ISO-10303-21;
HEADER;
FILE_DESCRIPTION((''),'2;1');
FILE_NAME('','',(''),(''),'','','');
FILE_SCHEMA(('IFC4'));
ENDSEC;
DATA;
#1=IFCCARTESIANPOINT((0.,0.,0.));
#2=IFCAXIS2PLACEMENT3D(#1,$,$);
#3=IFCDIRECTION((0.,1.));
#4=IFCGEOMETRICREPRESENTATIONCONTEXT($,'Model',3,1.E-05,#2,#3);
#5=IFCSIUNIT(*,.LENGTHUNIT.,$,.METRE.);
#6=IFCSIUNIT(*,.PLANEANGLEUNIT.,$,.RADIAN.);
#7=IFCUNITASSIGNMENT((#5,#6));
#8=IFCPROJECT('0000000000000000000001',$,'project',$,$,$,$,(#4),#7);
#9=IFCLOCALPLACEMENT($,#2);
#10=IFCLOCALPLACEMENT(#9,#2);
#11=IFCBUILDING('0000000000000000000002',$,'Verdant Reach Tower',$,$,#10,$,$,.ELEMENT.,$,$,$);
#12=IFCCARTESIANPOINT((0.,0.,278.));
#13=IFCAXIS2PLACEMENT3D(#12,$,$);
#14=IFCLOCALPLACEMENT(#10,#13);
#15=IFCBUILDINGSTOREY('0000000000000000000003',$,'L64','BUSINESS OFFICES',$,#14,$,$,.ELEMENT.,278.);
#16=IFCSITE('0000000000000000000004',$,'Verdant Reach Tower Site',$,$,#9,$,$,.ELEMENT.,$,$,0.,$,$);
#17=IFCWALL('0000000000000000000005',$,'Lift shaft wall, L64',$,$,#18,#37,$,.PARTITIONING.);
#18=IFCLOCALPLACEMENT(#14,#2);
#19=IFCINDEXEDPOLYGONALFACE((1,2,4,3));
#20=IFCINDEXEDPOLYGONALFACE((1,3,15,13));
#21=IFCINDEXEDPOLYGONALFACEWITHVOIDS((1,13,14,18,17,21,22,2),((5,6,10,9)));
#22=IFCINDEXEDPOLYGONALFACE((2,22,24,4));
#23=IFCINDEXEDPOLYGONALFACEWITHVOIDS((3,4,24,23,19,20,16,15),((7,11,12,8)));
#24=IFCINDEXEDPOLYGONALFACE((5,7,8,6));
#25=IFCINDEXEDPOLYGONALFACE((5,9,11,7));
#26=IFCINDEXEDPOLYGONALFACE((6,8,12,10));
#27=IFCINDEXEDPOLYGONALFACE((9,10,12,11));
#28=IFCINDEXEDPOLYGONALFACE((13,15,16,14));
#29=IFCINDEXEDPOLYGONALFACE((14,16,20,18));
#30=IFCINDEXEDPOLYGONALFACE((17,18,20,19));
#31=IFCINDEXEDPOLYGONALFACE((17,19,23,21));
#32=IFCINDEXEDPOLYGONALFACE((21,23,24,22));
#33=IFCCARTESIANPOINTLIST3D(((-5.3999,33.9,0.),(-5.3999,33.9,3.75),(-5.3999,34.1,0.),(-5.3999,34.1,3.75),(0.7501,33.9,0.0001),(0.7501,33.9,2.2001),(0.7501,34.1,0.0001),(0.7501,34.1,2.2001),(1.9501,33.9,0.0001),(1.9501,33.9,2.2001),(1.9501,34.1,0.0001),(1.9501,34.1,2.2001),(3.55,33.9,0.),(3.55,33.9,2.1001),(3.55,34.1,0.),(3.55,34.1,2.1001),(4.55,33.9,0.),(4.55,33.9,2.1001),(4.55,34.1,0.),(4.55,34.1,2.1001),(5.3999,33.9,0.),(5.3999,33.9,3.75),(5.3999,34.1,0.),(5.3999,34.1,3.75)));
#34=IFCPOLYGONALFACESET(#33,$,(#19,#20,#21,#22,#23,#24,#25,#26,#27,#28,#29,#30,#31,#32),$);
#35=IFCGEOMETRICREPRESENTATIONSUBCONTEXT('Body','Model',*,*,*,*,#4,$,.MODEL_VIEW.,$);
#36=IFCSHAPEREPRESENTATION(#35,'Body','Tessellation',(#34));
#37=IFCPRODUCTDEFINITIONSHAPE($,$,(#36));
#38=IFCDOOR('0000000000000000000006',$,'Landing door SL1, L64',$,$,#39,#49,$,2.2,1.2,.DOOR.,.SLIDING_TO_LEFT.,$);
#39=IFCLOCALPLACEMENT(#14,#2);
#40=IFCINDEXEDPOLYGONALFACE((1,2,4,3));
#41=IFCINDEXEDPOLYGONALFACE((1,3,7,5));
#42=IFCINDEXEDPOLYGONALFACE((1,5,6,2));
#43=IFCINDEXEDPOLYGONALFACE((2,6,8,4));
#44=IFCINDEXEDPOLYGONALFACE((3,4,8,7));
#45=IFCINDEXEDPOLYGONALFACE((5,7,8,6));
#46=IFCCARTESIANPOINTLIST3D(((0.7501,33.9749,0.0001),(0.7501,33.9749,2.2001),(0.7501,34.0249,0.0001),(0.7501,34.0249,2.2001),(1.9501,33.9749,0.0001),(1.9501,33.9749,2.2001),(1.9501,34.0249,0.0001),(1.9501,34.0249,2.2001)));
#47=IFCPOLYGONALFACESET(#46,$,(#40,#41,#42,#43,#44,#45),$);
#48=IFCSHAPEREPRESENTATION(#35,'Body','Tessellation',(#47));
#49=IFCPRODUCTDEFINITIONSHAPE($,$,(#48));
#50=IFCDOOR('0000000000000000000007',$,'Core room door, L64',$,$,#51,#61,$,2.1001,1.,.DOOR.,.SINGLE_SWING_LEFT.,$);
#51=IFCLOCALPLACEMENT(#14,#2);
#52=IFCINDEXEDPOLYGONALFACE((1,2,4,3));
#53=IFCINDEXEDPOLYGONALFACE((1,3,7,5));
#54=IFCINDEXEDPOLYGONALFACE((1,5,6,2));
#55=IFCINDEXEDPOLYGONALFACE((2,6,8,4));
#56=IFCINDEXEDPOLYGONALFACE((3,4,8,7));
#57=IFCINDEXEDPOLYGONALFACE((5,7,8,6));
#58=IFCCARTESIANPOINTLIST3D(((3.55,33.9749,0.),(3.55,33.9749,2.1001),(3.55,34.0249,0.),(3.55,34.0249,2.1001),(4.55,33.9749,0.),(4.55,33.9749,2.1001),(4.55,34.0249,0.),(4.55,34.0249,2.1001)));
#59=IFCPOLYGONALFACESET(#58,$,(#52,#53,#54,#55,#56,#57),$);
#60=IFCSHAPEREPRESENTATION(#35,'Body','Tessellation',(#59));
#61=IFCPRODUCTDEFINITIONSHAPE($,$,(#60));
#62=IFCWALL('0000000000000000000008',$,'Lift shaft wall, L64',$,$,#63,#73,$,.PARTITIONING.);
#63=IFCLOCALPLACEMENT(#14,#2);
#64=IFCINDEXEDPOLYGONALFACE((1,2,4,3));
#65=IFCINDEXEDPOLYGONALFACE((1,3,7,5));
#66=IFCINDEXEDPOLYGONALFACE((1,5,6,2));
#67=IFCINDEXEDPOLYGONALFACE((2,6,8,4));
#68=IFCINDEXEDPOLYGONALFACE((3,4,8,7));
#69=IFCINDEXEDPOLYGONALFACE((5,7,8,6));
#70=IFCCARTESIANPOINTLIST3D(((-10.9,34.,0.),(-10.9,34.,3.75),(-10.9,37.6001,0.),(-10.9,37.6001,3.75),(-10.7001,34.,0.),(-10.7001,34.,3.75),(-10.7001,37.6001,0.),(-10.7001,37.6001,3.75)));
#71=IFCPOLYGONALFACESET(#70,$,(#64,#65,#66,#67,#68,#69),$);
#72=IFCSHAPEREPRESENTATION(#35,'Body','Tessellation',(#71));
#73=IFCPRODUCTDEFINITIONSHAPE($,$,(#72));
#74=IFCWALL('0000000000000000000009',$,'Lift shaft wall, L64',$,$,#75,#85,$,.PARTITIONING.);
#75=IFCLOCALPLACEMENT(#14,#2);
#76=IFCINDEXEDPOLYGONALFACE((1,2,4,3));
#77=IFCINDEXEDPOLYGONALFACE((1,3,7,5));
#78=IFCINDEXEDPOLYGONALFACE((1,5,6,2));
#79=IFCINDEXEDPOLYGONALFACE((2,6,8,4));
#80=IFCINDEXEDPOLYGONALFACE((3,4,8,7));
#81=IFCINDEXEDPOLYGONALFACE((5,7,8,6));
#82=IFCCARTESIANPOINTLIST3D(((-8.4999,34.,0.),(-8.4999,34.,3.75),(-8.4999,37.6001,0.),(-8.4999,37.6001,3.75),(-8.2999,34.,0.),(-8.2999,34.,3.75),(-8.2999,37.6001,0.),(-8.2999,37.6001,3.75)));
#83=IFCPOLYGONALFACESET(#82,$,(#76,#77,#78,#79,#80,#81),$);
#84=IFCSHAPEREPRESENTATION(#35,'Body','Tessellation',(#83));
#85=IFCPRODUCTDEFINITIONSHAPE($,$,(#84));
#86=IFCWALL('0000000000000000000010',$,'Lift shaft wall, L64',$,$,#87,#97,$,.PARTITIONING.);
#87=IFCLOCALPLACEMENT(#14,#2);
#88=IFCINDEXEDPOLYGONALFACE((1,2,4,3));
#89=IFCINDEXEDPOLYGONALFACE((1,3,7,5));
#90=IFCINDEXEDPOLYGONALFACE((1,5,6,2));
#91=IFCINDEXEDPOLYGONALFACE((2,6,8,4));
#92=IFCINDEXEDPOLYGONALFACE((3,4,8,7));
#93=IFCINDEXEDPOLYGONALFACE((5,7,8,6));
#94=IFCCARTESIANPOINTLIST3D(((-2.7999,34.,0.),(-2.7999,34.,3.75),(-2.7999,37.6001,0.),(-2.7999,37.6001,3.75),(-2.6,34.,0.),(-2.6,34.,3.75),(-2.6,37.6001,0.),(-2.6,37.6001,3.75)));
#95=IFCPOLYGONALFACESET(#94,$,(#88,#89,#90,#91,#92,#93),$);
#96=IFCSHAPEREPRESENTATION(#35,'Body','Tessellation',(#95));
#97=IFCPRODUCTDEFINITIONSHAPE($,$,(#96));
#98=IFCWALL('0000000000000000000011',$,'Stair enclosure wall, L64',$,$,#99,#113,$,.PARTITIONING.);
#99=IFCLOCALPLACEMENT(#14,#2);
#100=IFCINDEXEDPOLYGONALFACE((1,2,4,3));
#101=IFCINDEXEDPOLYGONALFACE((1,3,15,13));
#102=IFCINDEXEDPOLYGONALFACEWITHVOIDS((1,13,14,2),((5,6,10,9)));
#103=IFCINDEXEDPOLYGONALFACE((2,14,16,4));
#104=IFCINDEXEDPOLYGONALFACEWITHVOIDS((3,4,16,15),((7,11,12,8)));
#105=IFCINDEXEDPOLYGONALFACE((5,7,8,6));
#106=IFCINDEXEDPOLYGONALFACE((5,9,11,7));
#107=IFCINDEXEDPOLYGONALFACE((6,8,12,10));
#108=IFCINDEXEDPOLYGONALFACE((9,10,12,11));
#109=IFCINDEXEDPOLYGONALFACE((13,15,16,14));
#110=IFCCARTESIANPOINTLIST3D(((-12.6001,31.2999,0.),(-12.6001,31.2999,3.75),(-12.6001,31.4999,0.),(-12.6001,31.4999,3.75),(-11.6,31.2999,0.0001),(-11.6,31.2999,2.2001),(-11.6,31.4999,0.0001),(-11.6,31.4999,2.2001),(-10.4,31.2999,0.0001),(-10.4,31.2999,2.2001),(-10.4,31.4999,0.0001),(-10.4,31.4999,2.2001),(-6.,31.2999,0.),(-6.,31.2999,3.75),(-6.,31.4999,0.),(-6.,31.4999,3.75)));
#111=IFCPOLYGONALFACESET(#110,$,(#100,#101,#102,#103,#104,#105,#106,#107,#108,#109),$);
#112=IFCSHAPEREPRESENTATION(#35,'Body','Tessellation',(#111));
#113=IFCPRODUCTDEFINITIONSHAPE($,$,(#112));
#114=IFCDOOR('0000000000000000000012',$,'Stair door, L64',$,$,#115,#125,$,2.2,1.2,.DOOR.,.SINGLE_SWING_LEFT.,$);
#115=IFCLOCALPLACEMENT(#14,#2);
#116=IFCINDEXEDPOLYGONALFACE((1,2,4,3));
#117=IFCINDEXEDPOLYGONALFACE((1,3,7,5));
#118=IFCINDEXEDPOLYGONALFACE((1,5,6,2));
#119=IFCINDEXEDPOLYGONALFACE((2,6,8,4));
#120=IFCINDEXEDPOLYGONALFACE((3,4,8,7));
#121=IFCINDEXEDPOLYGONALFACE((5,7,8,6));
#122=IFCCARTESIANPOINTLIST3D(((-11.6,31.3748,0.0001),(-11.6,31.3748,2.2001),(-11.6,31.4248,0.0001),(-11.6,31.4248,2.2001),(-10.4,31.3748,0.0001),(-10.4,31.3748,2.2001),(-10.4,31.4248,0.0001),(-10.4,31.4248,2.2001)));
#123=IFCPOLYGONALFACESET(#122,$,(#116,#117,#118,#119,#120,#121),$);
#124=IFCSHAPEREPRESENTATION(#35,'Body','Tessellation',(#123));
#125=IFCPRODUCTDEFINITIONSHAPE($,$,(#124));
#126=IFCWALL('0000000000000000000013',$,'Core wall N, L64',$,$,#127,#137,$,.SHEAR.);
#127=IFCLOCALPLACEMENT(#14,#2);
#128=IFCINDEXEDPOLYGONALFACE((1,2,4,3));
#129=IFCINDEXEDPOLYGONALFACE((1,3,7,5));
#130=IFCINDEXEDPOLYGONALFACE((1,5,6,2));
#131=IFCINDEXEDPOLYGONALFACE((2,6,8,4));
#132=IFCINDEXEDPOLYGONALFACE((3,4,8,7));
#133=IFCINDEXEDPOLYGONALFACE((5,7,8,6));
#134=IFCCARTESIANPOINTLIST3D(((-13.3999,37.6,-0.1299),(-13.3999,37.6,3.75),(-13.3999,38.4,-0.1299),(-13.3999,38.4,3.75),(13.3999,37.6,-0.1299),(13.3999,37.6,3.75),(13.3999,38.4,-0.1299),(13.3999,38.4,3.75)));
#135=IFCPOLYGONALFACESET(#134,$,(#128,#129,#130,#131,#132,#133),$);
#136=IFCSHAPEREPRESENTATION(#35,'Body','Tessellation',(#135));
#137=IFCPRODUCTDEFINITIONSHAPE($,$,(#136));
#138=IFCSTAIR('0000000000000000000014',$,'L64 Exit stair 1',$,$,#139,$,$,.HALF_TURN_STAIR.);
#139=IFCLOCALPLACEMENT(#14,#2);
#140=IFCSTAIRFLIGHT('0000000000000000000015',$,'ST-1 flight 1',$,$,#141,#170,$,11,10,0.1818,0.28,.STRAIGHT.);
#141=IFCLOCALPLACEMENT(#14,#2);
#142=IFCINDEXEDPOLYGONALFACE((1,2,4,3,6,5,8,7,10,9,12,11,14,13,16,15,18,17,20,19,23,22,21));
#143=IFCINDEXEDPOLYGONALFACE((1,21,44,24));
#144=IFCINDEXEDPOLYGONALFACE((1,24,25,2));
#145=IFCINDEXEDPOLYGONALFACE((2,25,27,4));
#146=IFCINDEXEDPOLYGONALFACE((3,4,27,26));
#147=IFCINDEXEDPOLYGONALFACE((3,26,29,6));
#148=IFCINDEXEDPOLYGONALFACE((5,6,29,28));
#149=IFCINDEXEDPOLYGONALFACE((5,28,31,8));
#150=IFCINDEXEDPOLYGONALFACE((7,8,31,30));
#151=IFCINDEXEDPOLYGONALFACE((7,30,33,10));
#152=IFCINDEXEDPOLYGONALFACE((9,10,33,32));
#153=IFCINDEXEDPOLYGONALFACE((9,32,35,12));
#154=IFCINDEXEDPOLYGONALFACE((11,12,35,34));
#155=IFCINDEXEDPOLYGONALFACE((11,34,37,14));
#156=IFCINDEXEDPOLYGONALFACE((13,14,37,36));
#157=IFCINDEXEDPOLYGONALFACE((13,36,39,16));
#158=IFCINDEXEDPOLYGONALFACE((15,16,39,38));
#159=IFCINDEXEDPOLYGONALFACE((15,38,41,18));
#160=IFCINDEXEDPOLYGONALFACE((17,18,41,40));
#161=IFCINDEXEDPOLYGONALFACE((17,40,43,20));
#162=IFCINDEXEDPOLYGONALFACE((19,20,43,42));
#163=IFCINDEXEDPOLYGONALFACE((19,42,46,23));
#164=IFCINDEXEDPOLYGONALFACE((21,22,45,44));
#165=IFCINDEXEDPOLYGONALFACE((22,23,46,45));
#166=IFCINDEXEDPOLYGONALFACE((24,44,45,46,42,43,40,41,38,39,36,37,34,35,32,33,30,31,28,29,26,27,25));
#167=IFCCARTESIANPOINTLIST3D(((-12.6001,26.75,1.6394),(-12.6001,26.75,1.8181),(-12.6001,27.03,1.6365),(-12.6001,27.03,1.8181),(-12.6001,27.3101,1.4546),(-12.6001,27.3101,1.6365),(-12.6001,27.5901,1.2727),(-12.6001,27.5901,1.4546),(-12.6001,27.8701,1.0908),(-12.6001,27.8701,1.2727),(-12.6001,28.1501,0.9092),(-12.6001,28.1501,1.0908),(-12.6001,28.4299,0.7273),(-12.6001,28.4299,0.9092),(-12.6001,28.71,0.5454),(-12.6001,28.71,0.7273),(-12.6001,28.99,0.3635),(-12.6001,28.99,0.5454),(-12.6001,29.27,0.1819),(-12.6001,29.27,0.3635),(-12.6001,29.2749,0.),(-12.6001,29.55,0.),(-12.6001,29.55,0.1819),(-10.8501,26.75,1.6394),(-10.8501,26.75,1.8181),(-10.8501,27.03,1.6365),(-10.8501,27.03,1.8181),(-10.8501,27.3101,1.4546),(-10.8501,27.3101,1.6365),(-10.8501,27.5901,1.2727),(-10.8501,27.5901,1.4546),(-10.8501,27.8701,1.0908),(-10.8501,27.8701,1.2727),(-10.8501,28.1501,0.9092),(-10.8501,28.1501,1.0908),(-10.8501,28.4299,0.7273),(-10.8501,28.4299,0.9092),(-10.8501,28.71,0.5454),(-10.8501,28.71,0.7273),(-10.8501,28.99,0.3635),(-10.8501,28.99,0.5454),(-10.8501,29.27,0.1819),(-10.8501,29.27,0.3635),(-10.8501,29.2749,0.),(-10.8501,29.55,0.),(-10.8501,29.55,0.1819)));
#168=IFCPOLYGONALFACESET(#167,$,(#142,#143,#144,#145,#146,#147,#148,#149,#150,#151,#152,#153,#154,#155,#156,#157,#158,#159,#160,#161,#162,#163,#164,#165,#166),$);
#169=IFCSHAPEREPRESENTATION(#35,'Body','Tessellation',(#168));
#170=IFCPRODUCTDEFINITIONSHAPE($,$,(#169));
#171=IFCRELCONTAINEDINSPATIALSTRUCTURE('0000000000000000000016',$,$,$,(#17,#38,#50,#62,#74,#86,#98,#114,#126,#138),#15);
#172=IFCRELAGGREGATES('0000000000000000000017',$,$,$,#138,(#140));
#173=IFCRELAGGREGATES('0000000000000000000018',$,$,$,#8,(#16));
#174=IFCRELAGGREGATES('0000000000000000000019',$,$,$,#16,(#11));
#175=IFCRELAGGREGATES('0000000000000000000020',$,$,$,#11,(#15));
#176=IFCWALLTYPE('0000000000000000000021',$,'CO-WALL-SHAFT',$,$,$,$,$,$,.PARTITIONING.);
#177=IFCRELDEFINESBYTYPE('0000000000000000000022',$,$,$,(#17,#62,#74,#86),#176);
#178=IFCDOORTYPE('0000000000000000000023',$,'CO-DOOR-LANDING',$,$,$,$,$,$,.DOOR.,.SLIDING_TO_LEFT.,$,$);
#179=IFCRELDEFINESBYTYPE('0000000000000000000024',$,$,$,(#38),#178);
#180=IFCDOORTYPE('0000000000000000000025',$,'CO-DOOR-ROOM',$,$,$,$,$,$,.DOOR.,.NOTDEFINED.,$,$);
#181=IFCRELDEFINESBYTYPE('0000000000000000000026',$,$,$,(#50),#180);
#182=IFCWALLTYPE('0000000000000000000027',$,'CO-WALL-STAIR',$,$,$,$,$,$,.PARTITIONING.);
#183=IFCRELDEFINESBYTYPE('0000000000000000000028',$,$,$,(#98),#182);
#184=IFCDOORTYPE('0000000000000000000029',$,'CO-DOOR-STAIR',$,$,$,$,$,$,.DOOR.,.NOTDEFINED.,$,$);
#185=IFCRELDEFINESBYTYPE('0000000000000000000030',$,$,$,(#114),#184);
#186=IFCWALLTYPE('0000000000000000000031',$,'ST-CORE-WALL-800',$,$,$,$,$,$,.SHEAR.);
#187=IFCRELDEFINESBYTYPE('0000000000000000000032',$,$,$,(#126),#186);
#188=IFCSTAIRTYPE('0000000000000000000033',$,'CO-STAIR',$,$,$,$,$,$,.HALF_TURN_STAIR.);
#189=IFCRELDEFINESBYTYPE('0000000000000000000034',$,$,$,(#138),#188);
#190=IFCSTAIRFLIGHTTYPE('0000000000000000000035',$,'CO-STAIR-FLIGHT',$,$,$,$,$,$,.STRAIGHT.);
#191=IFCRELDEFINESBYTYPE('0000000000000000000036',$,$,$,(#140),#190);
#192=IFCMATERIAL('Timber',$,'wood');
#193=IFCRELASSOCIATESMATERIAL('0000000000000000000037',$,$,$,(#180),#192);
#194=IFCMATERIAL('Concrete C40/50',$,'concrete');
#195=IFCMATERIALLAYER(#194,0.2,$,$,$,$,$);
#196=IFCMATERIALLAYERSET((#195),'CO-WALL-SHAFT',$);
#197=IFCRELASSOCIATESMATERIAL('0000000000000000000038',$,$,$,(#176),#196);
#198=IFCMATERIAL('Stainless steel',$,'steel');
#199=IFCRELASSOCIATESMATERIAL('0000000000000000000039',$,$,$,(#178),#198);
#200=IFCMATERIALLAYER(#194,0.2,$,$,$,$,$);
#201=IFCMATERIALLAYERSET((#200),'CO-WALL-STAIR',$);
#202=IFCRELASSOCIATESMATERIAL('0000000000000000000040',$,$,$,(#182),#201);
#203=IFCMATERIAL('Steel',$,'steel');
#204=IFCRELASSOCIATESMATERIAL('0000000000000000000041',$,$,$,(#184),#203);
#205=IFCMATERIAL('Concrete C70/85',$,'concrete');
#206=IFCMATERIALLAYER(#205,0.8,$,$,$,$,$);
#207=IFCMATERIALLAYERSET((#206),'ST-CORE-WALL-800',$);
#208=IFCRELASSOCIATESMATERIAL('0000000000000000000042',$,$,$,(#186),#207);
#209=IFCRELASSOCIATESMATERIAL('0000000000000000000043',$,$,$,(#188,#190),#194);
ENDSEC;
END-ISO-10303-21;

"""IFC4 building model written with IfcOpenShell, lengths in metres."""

from ifc_helpers import new_model, si_unit, direction, frame, frame_2d, origin, place, context, subcontext, project, spatial, polyline, rectangle, outline, extrude, material, layer, layer_set, type_object, element, fill, aggregate, save


model = new_model("IFC4")

# Units and contexts
model_context = context("Model", 3, precision=1e-05, world=origin(), true_north=direction((0.0, 1.0)))
body_context = subcontext(model_context, "Body", "Model", "MODEL_VIEW")
ifc_project = project(units=[si_unit("LENGTHUNIT", "METRE"), si_unit("PLANEANGLEUNIT", "RADIAN")], contexts=[model_context])

# Site, building, storey
site_placement = place(None, origin())
site = spatial("IfcSite", under=ifc_project, at=site_placement, Name="Verdant Reach Tower Site", CompositionType="ELEMENT", RefElevation=0.0)
building_placement = place(site_placement, origin())
building = spatial("IfcBuilding", under=site, at=building_placement, Name="Verdant Reach Tower", CompositionType="ELEMENT")
storey_placement = place(building_placement, frame((0.0, 0.0, 278.0)))
storey = spatial("IfcBuildingStorey", under=building, at=storey_placement, Name="L64", Description="BUSINESS OFFICES", CompositionType="ELEMENT", Elevation=278.0)

# Wall, openings, doors
ifc_material_1 = material(Name="Timber", Category="wood")
door_type_1 = type_object("IfcDoorType", Name="CO-DOOR-ROOM", OperationType="NOTDEFINED", PredefinedType="DOOR", material=ifc_material_1)
ifc_material_2 = material(Name="Concrete C40/50", Category="concrete")
ifc_layer_1 = layer(ifc_material_2, 0.2)
ifc_layer_set_1 = layer_set([ifc_layer_1], Name="CO-WALL-SHAFT")
wall_type_1 = type_object("IfcWallType", Name="CO-WALL-SHAFT", PredefinedType="PARTITIONING", material=ifc_layer_set_1)
ifc_material_3 = material(Name="Stainless steel", Category="steel")
ifc_material_4 = material(Name="Steel", Category="steel")
wall_1_placement = place(storey_placement, frame((-5.3999, 34.0, 0.0), z_axis=(0.0, 0.0, 1.0), x_axis=(1.0, 0.0, 0.0)))
wall_1 = element("IfcWall", 1, at=wall_1_placement, inside=storey, type_object=wall_type_1, Name="Lift shaft wall, L64", PredefinedType="PARTITIONING", context=body_context, shape_type="SweptSolid", body=[
    extrude(rectangle(XDim=10.7998, YDim=0.2, at=frame_2d((5.3999, 0.0))), origin(), (0.0, 0.0, 1.0), 3.75),
])
opening_1_placement = place(wall_1_placement, frame((6.1499, 0.0, 0.0)))
opening_1 = element("IfcOpeningElement", 2, at=opening_1_placement, cuts=wall_1, PredefinedType="OPENING", context=body_context, shape_type="SweptSolid", body=[
    extrude(rectangle(XDim=1.2, YDim=2.2, at=frame_2d((0.6001, 1.1001))), frame((0.0, 0.1099, 0.0), z_axis=(0.0, -1.0, 0.0), x_axis=(1.0, 0.0, 0.0)), (0.0, 0.0, 1.0), 0.22),
])
opening_2_placement = place(wall_1_placement, frame((8.95, 0.0, 0.0)))
opening_2 = element("IfcOpeningElement", 3, at=opening_2_placement, cuts=wall_1, PredefinedType="OPENING", context=body_context, shape_type="SweptSolid", body=[
    extrude(rectangle(XDim=1.0, YDim=2.1001, at=frame_2d((0.5, 1.05))), frame((0.0, 0.1099, 0.0), z_axis=(0.0, -1.0, 0.0), x_axis=(1.0, 0.0, 0.0)), (0.0, 0.0, 1.0), 0.22),
])
door_type_2 = type_object("IfcDoorType", Name="CO-DOOR-LANDING", OperationType="SLIDING_TO_LEFT", PredefinedType="DOOR", material=ifc_material_3)
door_1_placement = place(opening_1_placement, origin())
door_1 = element("IfcDoor", 4, at=door_1_placement, inside=storey, type_object=door_type_2, Name="Landing door SL1, L64", OperationType="SLIDING_TO_LEFT", OverallHeight=2.2, OverallWidth=1.2, PredefinedType="DOOR", context=body_context, shape_type="SweptSolid", body=[
    extrude(rectangle(XDim=1.2, YDim=2.2, at=frame_2d((0.6001, 1.1001))), frame((0.0, 0.0249, 0.0), z_axis=(0.0, -1.0, 0.0), x_axis=(1.0, 0.0, 0.0)), (0.0, 0.0, 1.0), 0.05),
])
fill(opening_1, door_1)
door_2_placement = place(opening_2_placement, origin())
door_2 = element("IfcDoor", 5, at=door_2_placement, inside=storey, type_object=door_type_1, Name="Core room door, L64", OperationType="SINGLE_SWING_LEFT", OverallHeight=2.1001, OverallWidth=1.0, PredefinedType="DOOR", context=body_context, shape_type="SweptSolid", body=[
    extrude(rectangle(XDim=1.0, YDim=2.1001, at=frame_2d((0.5, 1.05))), frame((0.0, 0.0249, 0.0), z_axis=(0.0, -1.0, 0.0), x_axis=(1.0, 0.0, 0.0)), (0.0, 0.0, 1.0), 0.05),
])
fill(opening_2, door_2)

# Walls
for number, where, z_axis, x_axis, name in (
    (6, (-10.8, 34.0, 0.0), (0.0, 0.0, 1.0), (0.0, 1.0, 0.0), "Lift shaft wall, L64"),
    (7, (-8.3999, 34.0, 0.0), (0.0, 0.0, 1.0), (0.0, 1.0, 0.0), "Lift shaft wall, L64"),
    (8, (-2.7, 34.0, 0.0), (0.0, 0.0, 1.0), (0.0, 1.0, 0.0), "Lift shaft wall, L64"),
):
    element("IfcWall", number, at=place(storey_placement, frame(where, z_axis=z_axis, x_axis=x_axis)), inside=storey, type_object=wall_type_1, Name=name, PredefinedType="PARTITIONING", context=body_context, shape_type="SweptSolid", body=[
        extrude(rectangle(XDim=3.6001, YDim=0.2, at=frame_2d((1.8, 0.0))), origin(), (0.0, 0.0, 1.0), 3.75),
    ])

# Wall, opening, door
ifc_layer_2 = layer(ifc_material_2, 0.2)
ifc_layer_set_2 = layer_set([ifc_layer_2], Name="CO-WALL-STAIR")
wall_type_2 = type_object("IfcWallType", Name="CO-WALL-STAIR", PredefinedType="PARTITIONING", material=ifc_layer_set_2)
wall_2_placement = place(storey_placement, frame((-12.6001, 31.3999, 0.0), z_axis=(0.0, 0.0, 1.0), x_axis=(1.0, 0.0, 0.0)))
wall_2 = element("IfcWall", 9, at=wall_2_placement, inside=storey, type_object=wall_type_2, Name="Stair enclosure wall, L64", PredefinedType="PARTITIONING", context=body_context, shape_type="SweptSolid", body=[
    extrude(rectangle(XDim=6.6001, YDim=0.2, at=frame_2d((3.3, 0.0))), origin(), (0.0, 0.0, 1.0), 3.75),
])
opening_3_placement = place(wall_2_placement, frame((1.0, 0.0, 0.0)))
opening_3 = element("IfcOpeningElement", 10, at=opening_3_placement, cuts=wall_2, PredefinedType="OPENING", context=body_context, shape_type="SweptSolid", body=[
    extrude(rectangle(XDim=1.2, YDim=2.2, at=frame_2d((0.6001, 1.1001))), frame((0.0, 0.1099, 0.0), z_axis=(0.0, -1.0, 0.0), x_axis=(1.0, 0.0, 0.0)), (0.0, 0.0, 1.0), 0.22),
])
door_type_3 = type_object("IfcDoorType", Name="CO-DOOR-STAIR", OperationType="NOTDEFINED", PredefinedType="DOOR", material=ifc_material_4)
door_3_placement = place(opening_3_placement, origin())
door_3 = element("IfcDoor", 11, at=door_3_placement, inside=storey, type_object=door_type_3, Name="Stair door, L64", OperationType="SINGLE_SWING_LEFT", OverallHeight=2.2, OverallWidth=1.2, PredefinedType="DOOR", context=body_context, shape_type="SweptSolid", body=[
    extrude(rectangle(XDim=1.2, YDim=2.2, at=frame_2d((0.6001, 1.1001))), frame((0.0, 0.0249, 0.0), z_axis=(0.0, -1.0, 0.0), x_axis=(1.0, 0.0, 0.0)), (0.0, 0.0, 1.0), 0.05),
])
fill(opening_3, door_3)

# Wall
ifc_material_5 = material(Name="Concrete C70/85", Category="concrete")
ifc_layer_3 = layer(ifc_material_5, 0.8)
ifc_layer_set_3 = layer_set([ifc_layer_3], Name="ST-CORE-WALL-800")
wall_type_3 = type_object("IfcWallType", Name="ST-CORE-WALL-800", PredefinedType="SHEAR", material=ifc_layer_set_3)
wall_3_placement = place(storey_placement, frame((-13.3999, 38.0, -0.1299), z_axis=(0.0, 0.0, 1.0), x_axis=(1.0, 0.0, 0.0)))
element("IfcWall", 12, at=wall_3_placement, inside=storey, type_object=wall_type_3, Name="Core wall N, L64", PredefinedType="SHEAR", context=body_context, shape_type="SweptSolid", body=[
    extrude(rectangle(XDim=26.7998, YDim=0.8, at=frame_2d((13.3999, 0.0))), origin(), (0.0, 0.0, 1.0), 3.8799),
])

# Stair, stair flight
stair_type = type_object("IfcStairType", Name="CO-STAIR", PredefinedType="HALF_TURN_STAIR", material=ifc_material_2)
stair_placement = place(storey_placement, origin())
stair = element("IfcStair", 13, at=stair_placement, inside=storey, type_object=stair_type, Name="L64 Exit stair 1", PredefinedType="HALF_TURN_STAIR")
stair_flight_type = type_object("IfcStairFlightType", Name="CO-STAIR-FLIGHT", PredefinedType="STRAIGHT", material=ifc_material_2)
stair_flight_placement = place(storey_placement, frame((-11.7251, 29.55, 0.0), z_axis=(0.0, 0.0, 1.0), x_axis=(0.0, -1.0, 0.0)))
stair_flight = element("IfcStairFlight", 14, at=stair_flight_placement, type_object=stair_flight_type, Name="ST-1 flight 1", NumberOfRisers=11, NumberOfTreads=10, PredefinedType="STRAIGHT", RiserHeight=0.1818, TreadLength=0.28, context=body_context, shape_type="SweptSolid", body=[
    extrude(outline(polyline([(0.0, 0.0), (0.0, 0.1819), (0.28, 0.1819), (0.28, 0.3635), (0.5601, 0.3635), (0.5601, 0.5454), (0.8401, 0.5454), (0.8401, 0.7273), (1.1201, 0.7273), (1.1201, 0.9092), (1.3999, 0.9092), (1.3999, 1.0908), (1.6799, 1.0908), (1.6799, 1.2727), (1.96, 1.2727), (1.96, 1.4546), (2.24, 1.4546), (2.24, 1.6365), (2.52, 1.6365), (2.52, 1.8181), (2.8, 1.8181), (2.8, 2.0), (2.8, 1.6394), (0.2751, 0.0), (0.0, 0.0)])), frame((0.0, 0.875, 0.0), z_axis=(0.0, -1.0, 0.0), x_axis=(1.0, 0.0, 0.0)), (0.0, 0.0, 1.0), 1.75),
])
aggregate(stair, [stair_flight])

save(model, "model.ifc")
